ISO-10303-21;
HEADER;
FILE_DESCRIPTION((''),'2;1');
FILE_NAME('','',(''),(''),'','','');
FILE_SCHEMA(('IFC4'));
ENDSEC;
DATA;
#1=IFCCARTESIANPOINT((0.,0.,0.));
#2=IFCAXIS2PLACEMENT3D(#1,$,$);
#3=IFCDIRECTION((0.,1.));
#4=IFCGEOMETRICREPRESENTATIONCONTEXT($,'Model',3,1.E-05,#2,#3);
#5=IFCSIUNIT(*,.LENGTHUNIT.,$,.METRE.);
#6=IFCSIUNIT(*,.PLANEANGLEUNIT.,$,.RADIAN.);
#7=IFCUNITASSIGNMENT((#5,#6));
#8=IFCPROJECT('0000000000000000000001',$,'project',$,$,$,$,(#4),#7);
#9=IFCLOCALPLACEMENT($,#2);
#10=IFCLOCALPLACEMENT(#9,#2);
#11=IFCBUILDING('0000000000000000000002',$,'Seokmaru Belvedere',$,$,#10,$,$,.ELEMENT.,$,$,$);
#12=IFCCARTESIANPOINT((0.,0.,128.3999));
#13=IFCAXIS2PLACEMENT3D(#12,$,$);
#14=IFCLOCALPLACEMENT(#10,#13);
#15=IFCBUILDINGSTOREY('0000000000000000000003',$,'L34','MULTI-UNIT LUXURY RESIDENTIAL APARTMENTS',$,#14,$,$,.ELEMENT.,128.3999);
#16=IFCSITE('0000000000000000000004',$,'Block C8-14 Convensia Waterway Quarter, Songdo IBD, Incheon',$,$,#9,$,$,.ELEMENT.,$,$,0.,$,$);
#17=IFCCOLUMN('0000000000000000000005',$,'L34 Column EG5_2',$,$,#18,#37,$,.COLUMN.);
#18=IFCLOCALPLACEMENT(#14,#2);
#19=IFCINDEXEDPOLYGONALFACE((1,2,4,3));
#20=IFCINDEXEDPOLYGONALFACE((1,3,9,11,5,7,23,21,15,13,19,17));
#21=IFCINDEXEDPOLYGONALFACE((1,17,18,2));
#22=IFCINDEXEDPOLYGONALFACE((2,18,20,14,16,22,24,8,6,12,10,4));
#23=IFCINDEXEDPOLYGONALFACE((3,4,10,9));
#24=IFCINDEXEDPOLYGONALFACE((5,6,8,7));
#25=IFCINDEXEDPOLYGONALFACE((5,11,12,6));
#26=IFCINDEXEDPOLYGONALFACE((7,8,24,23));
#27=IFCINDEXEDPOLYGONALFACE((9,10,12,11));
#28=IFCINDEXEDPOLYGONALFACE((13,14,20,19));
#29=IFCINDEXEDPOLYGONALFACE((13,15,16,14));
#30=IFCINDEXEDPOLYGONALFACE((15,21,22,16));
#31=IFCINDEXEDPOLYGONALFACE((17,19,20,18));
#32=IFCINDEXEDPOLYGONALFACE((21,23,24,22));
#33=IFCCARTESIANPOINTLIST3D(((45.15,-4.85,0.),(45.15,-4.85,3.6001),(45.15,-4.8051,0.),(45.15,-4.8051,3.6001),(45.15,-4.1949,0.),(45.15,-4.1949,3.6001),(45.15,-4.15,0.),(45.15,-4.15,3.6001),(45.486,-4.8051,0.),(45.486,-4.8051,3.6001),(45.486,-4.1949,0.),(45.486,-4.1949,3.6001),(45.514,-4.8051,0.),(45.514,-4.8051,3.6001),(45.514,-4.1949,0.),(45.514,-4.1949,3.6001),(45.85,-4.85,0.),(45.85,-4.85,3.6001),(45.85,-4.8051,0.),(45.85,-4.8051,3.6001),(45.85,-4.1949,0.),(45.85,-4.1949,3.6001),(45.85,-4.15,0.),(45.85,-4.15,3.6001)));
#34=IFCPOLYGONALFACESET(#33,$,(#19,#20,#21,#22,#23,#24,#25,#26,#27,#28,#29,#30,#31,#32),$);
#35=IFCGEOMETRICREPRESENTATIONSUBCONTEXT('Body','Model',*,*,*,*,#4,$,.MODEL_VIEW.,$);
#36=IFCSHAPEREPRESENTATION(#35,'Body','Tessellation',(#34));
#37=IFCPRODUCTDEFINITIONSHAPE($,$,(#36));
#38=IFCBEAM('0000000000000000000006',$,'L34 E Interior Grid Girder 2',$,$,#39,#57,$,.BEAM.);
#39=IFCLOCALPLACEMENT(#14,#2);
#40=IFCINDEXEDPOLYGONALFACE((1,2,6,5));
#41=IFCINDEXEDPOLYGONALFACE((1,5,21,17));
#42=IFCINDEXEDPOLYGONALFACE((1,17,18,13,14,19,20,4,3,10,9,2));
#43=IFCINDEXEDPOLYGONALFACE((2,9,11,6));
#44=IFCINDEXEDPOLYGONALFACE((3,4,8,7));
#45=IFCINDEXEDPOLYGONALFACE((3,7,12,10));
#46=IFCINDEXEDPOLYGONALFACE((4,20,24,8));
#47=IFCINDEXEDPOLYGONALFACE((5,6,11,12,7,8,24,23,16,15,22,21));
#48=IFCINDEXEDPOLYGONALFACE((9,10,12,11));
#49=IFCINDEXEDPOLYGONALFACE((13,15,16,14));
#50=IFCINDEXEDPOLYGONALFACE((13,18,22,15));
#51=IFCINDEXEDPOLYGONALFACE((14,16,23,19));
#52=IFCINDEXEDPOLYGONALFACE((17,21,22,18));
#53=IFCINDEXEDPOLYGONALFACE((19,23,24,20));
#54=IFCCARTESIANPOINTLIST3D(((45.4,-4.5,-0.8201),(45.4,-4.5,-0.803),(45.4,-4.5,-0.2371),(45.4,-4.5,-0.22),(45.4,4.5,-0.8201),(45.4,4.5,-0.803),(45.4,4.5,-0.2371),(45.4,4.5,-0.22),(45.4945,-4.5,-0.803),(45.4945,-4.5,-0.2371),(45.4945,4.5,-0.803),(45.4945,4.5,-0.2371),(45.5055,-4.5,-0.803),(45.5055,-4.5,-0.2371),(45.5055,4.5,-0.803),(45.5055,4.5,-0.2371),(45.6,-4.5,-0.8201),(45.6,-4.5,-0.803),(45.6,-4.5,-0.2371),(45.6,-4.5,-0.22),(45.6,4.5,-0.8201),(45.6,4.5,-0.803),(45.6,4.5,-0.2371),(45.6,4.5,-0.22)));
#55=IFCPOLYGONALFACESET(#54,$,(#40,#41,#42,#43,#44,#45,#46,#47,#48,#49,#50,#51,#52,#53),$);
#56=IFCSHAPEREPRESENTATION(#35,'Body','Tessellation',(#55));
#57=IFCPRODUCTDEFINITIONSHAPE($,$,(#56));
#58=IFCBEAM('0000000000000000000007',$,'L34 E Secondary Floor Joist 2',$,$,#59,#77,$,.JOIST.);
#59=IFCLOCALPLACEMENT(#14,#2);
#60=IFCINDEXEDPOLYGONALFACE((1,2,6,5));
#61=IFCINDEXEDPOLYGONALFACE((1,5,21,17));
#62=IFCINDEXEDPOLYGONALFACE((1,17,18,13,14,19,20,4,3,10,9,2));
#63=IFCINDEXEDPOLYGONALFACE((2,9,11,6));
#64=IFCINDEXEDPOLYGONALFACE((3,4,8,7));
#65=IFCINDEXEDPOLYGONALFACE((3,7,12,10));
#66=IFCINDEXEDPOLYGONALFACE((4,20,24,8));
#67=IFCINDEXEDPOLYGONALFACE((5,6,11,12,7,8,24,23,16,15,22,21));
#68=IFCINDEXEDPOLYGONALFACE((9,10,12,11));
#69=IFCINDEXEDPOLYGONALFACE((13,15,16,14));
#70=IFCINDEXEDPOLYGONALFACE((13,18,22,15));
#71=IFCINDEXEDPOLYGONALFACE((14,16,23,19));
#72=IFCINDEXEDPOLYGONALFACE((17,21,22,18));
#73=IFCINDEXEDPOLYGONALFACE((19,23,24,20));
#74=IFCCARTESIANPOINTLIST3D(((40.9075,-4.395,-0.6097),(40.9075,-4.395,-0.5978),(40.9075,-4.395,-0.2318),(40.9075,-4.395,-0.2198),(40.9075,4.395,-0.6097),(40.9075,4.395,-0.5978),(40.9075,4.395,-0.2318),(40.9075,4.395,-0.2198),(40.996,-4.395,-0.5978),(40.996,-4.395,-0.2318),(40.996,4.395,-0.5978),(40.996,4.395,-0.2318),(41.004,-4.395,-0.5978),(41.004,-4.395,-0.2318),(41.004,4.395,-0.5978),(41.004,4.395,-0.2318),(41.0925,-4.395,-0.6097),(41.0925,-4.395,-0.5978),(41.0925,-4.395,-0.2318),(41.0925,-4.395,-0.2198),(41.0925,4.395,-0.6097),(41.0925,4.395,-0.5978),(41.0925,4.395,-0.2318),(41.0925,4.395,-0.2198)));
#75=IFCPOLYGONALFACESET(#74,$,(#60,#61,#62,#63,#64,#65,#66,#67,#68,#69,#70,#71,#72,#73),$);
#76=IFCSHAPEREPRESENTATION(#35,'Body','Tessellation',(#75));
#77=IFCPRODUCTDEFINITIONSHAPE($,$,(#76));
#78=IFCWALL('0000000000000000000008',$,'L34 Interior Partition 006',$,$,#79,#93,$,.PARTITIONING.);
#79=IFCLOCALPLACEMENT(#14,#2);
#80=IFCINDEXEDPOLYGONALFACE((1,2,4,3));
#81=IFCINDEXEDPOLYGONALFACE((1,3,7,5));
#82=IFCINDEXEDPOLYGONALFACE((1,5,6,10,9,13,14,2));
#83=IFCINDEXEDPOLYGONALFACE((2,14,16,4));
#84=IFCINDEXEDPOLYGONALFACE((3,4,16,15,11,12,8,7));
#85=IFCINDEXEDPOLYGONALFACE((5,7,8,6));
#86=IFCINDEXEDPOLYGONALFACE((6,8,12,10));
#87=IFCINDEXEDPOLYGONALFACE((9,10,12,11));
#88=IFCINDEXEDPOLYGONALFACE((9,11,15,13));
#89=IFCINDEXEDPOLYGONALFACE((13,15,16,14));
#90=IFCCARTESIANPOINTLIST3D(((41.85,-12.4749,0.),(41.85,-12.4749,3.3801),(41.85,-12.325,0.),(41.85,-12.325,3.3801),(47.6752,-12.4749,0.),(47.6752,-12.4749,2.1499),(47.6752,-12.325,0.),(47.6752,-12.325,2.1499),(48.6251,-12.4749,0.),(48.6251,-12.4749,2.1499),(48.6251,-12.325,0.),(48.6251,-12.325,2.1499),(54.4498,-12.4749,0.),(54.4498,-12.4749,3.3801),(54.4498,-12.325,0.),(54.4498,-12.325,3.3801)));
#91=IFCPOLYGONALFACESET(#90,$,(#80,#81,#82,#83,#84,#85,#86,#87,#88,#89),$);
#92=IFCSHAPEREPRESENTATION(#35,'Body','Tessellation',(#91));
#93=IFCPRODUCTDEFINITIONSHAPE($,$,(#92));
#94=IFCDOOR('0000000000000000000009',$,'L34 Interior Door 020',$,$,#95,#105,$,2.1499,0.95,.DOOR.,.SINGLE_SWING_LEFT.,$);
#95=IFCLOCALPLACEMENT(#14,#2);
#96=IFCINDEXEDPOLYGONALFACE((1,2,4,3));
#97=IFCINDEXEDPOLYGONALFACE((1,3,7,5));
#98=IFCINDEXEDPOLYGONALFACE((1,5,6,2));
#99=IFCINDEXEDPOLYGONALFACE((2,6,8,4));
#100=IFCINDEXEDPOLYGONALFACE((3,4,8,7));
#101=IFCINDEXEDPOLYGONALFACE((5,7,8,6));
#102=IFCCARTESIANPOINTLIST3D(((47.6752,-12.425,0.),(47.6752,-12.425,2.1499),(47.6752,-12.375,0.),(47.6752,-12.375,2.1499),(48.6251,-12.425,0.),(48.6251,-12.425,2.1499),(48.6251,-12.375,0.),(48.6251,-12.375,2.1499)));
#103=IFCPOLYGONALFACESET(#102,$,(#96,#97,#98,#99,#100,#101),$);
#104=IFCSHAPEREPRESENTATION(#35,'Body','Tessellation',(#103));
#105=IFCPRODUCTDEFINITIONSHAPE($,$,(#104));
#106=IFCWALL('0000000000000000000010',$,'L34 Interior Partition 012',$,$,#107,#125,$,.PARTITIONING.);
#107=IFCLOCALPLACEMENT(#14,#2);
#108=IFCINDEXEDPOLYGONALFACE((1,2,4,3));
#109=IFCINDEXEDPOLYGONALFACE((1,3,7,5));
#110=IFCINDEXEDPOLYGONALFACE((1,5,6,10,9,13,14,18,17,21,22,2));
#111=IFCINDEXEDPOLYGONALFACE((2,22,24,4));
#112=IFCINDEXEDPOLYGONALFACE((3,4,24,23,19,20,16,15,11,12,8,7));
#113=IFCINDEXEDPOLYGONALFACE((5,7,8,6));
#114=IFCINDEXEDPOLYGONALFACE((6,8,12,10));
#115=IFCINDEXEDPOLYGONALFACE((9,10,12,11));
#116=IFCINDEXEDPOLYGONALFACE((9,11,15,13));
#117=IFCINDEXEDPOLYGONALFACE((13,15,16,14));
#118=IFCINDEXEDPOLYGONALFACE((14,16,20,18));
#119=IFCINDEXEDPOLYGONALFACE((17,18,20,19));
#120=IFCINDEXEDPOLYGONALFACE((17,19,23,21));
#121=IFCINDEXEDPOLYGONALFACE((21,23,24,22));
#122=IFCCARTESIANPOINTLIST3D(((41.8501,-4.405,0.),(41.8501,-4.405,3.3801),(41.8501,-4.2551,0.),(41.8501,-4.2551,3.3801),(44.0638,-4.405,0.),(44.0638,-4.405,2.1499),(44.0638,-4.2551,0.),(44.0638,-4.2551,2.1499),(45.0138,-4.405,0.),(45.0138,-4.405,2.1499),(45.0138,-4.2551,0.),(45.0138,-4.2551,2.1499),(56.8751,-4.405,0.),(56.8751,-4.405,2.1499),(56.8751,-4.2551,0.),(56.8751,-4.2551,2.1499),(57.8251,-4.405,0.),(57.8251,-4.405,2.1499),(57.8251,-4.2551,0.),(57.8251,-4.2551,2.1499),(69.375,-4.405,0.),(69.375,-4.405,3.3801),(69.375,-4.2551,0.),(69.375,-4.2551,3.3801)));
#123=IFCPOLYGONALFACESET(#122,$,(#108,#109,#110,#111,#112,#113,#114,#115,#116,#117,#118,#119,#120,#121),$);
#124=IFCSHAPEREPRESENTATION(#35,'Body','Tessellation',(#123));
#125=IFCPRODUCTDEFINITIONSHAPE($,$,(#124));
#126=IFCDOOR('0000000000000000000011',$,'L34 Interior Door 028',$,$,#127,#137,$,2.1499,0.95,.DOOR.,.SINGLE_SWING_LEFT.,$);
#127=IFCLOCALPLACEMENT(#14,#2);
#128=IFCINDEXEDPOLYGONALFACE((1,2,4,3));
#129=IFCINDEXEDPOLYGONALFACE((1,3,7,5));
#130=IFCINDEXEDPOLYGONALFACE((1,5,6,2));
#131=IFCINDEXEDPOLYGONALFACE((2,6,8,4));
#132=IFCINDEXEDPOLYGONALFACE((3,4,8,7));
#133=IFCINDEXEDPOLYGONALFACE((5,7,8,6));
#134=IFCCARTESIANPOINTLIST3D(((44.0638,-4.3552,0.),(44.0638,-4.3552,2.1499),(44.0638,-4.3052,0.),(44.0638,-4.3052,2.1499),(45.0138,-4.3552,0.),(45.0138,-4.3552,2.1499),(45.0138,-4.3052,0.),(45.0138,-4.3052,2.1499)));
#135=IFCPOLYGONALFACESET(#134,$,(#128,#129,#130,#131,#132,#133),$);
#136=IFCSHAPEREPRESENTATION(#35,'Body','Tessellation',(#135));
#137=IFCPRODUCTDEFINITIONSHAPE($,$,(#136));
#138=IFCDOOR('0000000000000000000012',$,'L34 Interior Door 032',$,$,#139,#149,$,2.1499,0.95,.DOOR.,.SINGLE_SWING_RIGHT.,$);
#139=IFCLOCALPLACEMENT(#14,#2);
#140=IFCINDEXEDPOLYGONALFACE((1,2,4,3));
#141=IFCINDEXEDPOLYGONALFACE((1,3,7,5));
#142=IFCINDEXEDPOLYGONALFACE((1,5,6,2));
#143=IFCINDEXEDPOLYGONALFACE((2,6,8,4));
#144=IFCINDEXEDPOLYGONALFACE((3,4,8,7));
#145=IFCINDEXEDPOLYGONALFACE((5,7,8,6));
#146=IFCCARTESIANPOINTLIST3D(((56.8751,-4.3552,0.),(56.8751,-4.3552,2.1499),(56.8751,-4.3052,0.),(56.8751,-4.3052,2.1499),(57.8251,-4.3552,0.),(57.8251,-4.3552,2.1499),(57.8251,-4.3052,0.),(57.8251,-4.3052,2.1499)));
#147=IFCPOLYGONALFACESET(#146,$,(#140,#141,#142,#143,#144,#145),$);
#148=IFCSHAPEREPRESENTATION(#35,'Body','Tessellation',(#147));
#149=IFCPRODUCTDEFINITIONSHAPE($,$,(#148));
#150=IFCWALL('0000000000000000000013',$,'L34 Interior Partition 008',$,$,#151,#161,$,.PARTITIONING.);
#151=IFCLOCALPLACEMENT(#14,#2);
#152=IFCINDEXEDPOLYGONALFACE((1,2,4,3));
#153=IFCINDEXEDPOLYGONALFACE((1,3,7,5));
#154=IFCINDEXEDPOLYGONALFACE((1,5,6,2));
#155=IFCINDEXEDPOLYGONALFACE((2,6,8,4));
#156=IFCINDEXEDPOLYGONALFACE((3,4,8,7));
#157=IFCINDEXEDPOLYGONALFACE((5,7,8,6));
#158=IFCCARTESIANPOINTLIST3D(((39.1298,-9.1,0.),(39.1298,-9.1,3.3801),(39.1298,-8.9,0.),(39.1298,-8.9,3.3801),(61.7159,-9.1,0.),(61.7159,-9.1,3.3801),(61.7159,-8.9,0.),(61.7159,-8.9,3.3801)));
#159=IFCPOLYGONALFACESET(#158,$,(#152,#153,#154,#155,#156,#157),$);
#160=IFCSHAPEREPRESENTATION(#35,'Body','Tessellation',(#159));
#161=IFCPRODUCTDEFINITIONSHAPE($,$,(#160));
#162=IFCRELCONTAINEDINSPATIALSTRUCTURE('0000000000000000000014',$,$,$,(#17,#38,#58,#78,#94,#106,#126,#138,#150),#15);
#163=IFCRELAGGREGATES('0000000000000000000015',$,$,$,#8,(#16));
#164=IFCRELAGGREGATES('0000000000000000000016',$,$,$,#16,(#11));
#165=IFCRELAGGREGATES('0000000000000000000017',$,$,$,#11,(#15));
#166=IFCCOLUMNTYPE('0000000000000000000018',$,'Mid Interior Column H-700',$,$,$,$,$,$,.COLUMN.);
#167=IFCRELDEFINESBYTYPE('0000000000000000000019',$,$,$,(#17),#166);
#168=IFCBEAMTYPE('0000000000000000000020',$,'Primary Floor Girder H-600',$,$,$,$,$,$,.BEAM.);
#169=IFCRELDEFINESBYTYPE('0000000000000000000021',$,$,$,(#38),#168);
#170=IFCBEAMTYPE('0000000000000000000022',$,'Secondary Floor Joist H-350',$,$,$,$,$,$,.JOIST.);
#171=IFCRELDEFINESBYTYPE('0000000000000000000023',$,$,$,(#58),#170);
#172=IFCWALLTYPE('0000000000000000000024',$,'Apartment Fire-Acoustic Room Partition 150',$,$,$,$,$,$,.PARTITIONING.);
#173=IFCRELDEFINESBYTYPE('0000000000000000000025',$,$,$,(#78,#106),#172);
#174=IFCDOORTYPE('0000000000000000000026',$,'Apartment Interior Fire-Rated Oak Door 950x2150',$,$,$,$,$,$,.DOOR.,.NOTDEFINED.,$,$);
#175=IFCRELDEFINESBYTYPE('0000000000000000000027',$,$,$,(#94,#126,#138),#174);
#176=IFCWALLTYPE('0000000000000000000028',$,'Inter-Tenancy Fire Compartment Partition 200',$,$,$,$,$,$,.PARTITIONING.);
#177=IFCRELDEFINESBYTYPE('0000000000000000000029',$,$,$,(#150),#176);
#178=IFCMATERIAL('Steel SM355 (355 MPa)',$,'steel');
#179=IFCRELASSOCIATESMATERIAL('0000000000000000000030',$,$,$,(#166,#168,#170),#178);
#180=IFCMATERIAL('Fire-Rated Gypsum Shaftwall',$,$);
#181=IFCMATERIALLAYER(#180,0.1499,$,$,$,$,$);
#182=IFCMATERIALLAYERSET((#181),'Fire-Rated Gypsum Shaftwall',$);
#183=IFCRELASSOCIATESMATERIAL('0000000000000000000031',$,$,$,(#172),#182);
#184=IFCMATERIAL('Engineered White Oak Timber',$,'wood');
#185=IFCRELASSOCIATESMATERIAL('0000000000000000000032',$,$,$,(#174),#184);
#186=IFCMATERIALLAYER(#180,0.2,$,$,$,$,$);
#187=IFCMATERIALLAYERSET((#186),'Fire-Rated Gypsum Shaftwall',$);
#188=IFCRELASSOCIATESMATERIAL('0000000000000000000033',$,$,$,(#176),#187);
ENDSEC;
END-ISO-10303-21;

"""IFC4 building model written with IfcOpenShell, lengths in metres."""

from ifc_helpers import new_model, si_unit, direction, frame, frame_2d, origin, origin_2d, place, context, subcontext, project, spatial, rectangle, i_section, extrude, source, transform, mapped, material, layer, layer_set, material_profile, profile_set, type_object, type_shapes, element, fill, save


model = new_model("IFC4")

# Units and contexts
model_context = context("Model", 3, precision=1e-05, world=origin(), true_north=direction((0.0, 1.0)))
body_context = subcontext(model_context, "Body", "Model", "MODEL_VIEW")
ifc_project = project(units=[si_unit("LENGTHUNIT", "METRE"), si_unit("PLANEANGLEUNIT", "RADIAN")], contexts=[model_context])

# Site, building, storey
site_placement = place(None, origin())
site = spatial("IfcSite", under=ifc_project, at=site_placement, Name="Block C8-14 Convensia Waterway Quarter, Songdo IBD, Incheon", CompositionType="ELEMENT", RefElevation=0.0)
building_placement = place(site_placement, origin())
building = spatial("IfcBuilding", under=site, at=building_placement, Name="Seokmaru Belvedere", CompositionType="ELEMENT")
storey_placement = place(building_placement, frame((0.0, 0.0, 128.3999)))
storey = spatial("IfcBuildingStorey", under=building, at=storey_placement, Name="L34", Description="MULTI-UNIT LUXURY RESIDENTIAL APARTMENTS", CompositionType="ELEMENT", Elevation=128.3999)

# Column
ifc_material_1 = material(Name="Steel SM355 (355 MPa)", Category="steel")
ifc_material_profile_1 = material_profile(ifc_material_1, i_section(OverallWidth=0.7, OverallDepth=0.7, WebThickness=0.0281, FlangeThickness=0.0449, at=origin_2d()), Name="H-700x700x28x45")
ifc_profile_set_1 = profile_set([ifc_material_profile_1], Name="Steel SM355 (355 MPa)")
column_type = type_object("IfcColumnType", Name="Mid Interior Column H-700", PredefinedType="COLUMN", material=ifc_profile_set_1)
shared_shape_1 = source(origin(), body_context, "Body", "SweptSolid", [
    extrude(i_section(OverallWidth=0.7, OverallDepth=0.7, WebThickness=0.0281, FlangeThickness=0.0449, at=origin_2d()), origin(), (0.0, 0.0, 1.0), 3.6001),
])
type_shapes(column_type, [shared_shape_1])
column_placement = place(storey_placement, frame((45.5, -4.5, 0.0), z_axis=(0.0, 0.0, 1.0), x_axis=(1.0, 0.0, 0.0)))
element("IfcColumn", 1, at=column_placement, inside=storey, type_object=column_type, Name="L34 Column EG5_2", PredefinedType="COLUMN", context=body_context, shape_type="MappedRepresentation", body=[
    mapped(shared_shape_1, transform((0.0, 0.0, 0.0), scale=1.0)),
])

# Beams
ifc_material_profile_2 = material_profile(ifc_material_1, i_section(OverallWidth=0.2, OverallDepth=0.6001, WebThickness=0.011, FlangeThickness=0.0171, at=origin_2d()), Name="H-600x200x11x17")
ifc_profile_set_2 = profile_set([ifc_material_profile_2], Name="Steel SM355 (355 MPa)")
beam_type_1 = type_object("IfcBeamType", Name="Primary Floor Girder H-600", PredefinedType="BEAM", material=ifc_profile_set_2)
shared_shape_2 = source(origin(), body_context, "Body", "SweptSolid", [
    extrude(i_section(OverallWidth=0.2, OverallDepth=0.6001, WebThickness=0.011, FlangeThickness=0.0171, at=origin_2d()), origin(), (0.0, 0.0, 1.0), 9.0),
])
type_shapes(beam_type_1, [shared_shape_2])
beam_1_placement = place(storey_placement, frame((45.5, -4.5, -0.52), z_axis=(0.0, 1.0, 0.0), x_axis=(-1.0, 0.0, 0.0)))
element("IfcBeam", 2, at=beam_1_placement, inside=storey, type_object=beam_type_1, Name="L34 E Interior Grid Girder 2", PredefinedType="BEAM", context=body_context, shape_type="MappedRepresentation", body=[
    mapped(shared_shape_2, transform((0.0, 0.0, 0.0), scale=1.0)),
])
ifc_material_profile_3 = material_profile(ifc_material_1, i_section(OverallWidth=0.1851, OverallDepth=0.3899, WebThickness=0.0081, FlangeThickness=0.012, at=origin_2d()), Name="H-390x185x8x12")
ifc_profile_set_3 = profile_set([ifc_material_profile_3], Name="Steel SM355 (355 MPa)")
beam_type_2 = type_object("IfcBeamType", Name="Secondary Floor Joist H-350", PredefinedType="JOIST", material=ifc_profile_set_3)
shared_shape_3 = source(origin(), body_context, "Body", "SweptSolid", [
    extrude(i_section(OverallWidth=0.1851, OverallDepth=0.3899, WebThickness=0.0081, FlangeThickness=0.012, at=origin_2d()), origin(), (0.0, 0.0, 1.0), 8.79),
])
type_shapes(beam_type_2, [shared_shape_3])
beam_2_placement = place(storey_placement, frame((41.0, -4.395, -0.4148), z_axis=(0.0, 1.0, 0.0), x_axis=(-1.0, 0.0, 0.0)))
element("IfcBeam", 3, at=beam_2_placement, inside=storey, type_object=beam_type_2, Name="L34 E Secondary Floor Joist 2", PredefinedType="JOIST", context=body_context, shape_type="MappedRepresentation", body=[
    mapped(shared_shape_3, transform((0.0, 0.0, 0.0), scale=1.0)),
])

# Wall, opening, door
ifc_material_2 = material(Name="Fire-Rated Gypsum Shaftwall")
ifc_layer_1 = layer(ifc_material_2, 0.1499)
ifc_layer_set_1 = layer_set([ifc_layer_1], Name="Fire-Rated Gypsum Shaftwall")
wall_type_1 = type_object("IfcWallType", Name="Apartment Fire-Acoustic Room Partition 150", PredefinedType="PARTITIONING", material=ifc_layer_set_1)
wall_1_placement = place(storey_placement, frame((41.8501, -12.3999, 0.0), z_axis=(0.0, 0.0, 1.0), x_axis=(1.0, 0.0, 0.0)))
wall_1 = element("IfcWall", 4, at=wall_1_placement, inside=storey, type_object=wall_type_1, Name="L34 Interior Partition 006", PredefinedType="PARTITIONING", context=body_context, shape_type="SweptSolid", body=[
    extrude(rectangle(XDim=12.5999, YDim=0.1499, at=frame_2d((6.2998, 0.0))), origin(), (0.0, 0.0, 1.0), 3.3801),
])
opening_1_placement = place(wall_1_placement, frame((5.825, 0.0, 0.0)))
opening_1 = element("IfcOpeningElement", 5, at=opening_1_placement, cuts=wall_1, PredefinedType="OPENING", context=body_context, shape_type="SweptSolid", body=[
    extrude(rectangle(XDim=0.95, YDim=2.1499, at=frame_2d((0.4751, 1.075))), frame((0.0, 0.085, 0.0), z_axis=(0.0, -1.0, 0.0), x_axis=(1.0, 0.0, 0.0)), (0.0, 0.0, 1.0), 0.1699),
])
ifc_material_3 = material(Name="Engineered White Oak Timber", Category="wood")
door_type_1 = type_object("IfcDoorType", Name="Apartment Interior Fire-Rated Oak Door 950x2150", OperationType="NOTDEFINED", PredefinedType="DOOR", material=ifc_material_3)
shared_shape_4 = source(origin(), body_context, "Body", "SweptSolid", [
    extrude(rectangle(XDim=0.95, YDim=2.1499, at=frame_2d((0.4751, 1.075))), frame((0.0, 0.0249, 0.0), z_axis=(0.0, -1.0, 0.0), x_axis=(1.0, 0.0, 0.0)), (0.0, 0.0, 1.0), 0.05),
])
type_shapes(door_type_1, [shared_shape_4])
door_1_placement = place(opening_1_placement, origin())
door_1 = element("IfcDoor", 6, at=door_1_placement, inside=storey, type_object=door_type_1, Name="L34 Interior Door 020", OperationType="SINGLE_SWING_LEFT", OverallHeight=2.1499, OverallWidth=0.95, PredefinedType="DOOR", context=body_context, shape_type="MappedRepresentation", body=[
    mapped(shared_shape_4, transform((0.0, 0.0, 0.0), scale=1.0)),
])
fill(opening_1, door_1)

# Wall, openings, doors
wall_2_placement = place(storey_placement, frame((41.8501, -4.3301, 0.0), z_axis=(0.0, 0.0, 1.0), x_axis=(1.0, 0.0, 0.0)))
wall_2 = element("IfcWall", 7, at=wall_2_placement, inside=storey, type_object=wall_type_1, Name="L34 Interior Partition 012", PredefinedType="PARTITIONING", context=body_context, shape_type="SweptSolid", body=[
    extrude(rectangle(XDim=27.5249, YDim=0.1499, at=frame_2d((13.7625, 0.0))), origin(), (0.0, 0.0, 1.0), 3.3801),
])
opening_2_placement = place(wall_2_placement, frame((2.2136, 0.0, 0.0)))
opening_2 = element("IfcOpeningElement", 8, at=opening_2_placement, cuts=wall_2, PredefinedType="OPENING", context=body_context, shape_type="SweptSolid", body=[
    extrude(rectangle(XDim=0.95, YDim=2.1499, at=frame_2d((0.4751, 1.075))), frame((0.0, 0.085, 0.0), z_axis=(0.0, -1.0, 0.0), x_axis=(1.0, 0.0, 0.0)), (0.0, 0.0, 1.0), 0.1699),
])
opening_3_placement = place(wall_2_placement, frame((15.0249, 0.0, 0.0)))
opening_3 = element("IfcOpeningElement", 9, at=opening_3_placement, cuts=wall_2, PredefinedType="OPENING", context=body_context, shape_type="SweptSolid", body=[
    extrude(rectangle(XDim=0.95, YDim=2.1499, at=frame_2d((0.4751, 1.075))), frame((0.0, 0.085, 0.0), z_axis=(0.0, -1.0, 0.0), x_axis=(1.0, 0.0, 0.0)), (0.0, 0.0, 1.0), 0.1699),
])
door_2_placement = place(opening_2_placement, origin())
door_2 = element("IfcDoor", 10, at=door_2_placement, inside=storey, type_object=door_type_1, Name="L34 Interior Door 028", OperationType="SINGLE_SWING_LEFT", OverallHeight=2.1499, OverallWidth=0.95, PredefinedType="DOOR", context=body_context, shape_type="MappedRepresentation", body=[
    mapped(shared_shape_4, transform((0.0, 0.0, 0.0), scale=1.0)),
])
fill(opening_2, door_2)
door_3_placement = place(opening_3_placement, origin())
door_3 = element("IfcDoor", 11, at=door_3_placement, inside=storey, type_object=door_type_1, Name="L34 Interior Door 032", OperationType="SINGLE_SWING_RIGHT", OverallHeight=2.1499, OverallWidth=0.95, PredefinedType="DOOR", context=body_context, shape_type="MappedRepresentation", body=[
    mapped(shared_shape_4, transform((0.0, 0.0, 0.0), scale=1.0)),
])
fill(opening_3, door_3)

# Wall
ifc_layer_2 = layer(ifc_material_2, 0.2)
ifc_layer_set_2 = layer_set([ifc_layer_2], Name="Fire-Rated Gypsum Shaftwall")
wall_type_2 = type_object("IfcWallType", Name="Inter-Tenancy Fire Compartment Partition 200", PredefinedType="PARTITIONING", material=ifc_layer_set_2)
wall_3_placement = place(storey_placement, frame((39.1299, -9.0, 0.0), z_axis=(0.0, 0.0, 1.0), x_axis=(1.0, 0.0, 0.0)))
element("IfcWall", 12, at=wall_3_placement, inside=storey, type_object=wall_type_2, Name="L34 Interior Partition 008", PredefinedType="PARTITIONING", context=body_context, shape_type="SweptSolid", body=[
    extrude(rectangle(XDim=22.5862, YDim=0.2, at=frame_2d((11.293, 0.0))), origin(), (0.0, 0.0, 1.0), 3.3801),
])

save(model, "model.ifc")
